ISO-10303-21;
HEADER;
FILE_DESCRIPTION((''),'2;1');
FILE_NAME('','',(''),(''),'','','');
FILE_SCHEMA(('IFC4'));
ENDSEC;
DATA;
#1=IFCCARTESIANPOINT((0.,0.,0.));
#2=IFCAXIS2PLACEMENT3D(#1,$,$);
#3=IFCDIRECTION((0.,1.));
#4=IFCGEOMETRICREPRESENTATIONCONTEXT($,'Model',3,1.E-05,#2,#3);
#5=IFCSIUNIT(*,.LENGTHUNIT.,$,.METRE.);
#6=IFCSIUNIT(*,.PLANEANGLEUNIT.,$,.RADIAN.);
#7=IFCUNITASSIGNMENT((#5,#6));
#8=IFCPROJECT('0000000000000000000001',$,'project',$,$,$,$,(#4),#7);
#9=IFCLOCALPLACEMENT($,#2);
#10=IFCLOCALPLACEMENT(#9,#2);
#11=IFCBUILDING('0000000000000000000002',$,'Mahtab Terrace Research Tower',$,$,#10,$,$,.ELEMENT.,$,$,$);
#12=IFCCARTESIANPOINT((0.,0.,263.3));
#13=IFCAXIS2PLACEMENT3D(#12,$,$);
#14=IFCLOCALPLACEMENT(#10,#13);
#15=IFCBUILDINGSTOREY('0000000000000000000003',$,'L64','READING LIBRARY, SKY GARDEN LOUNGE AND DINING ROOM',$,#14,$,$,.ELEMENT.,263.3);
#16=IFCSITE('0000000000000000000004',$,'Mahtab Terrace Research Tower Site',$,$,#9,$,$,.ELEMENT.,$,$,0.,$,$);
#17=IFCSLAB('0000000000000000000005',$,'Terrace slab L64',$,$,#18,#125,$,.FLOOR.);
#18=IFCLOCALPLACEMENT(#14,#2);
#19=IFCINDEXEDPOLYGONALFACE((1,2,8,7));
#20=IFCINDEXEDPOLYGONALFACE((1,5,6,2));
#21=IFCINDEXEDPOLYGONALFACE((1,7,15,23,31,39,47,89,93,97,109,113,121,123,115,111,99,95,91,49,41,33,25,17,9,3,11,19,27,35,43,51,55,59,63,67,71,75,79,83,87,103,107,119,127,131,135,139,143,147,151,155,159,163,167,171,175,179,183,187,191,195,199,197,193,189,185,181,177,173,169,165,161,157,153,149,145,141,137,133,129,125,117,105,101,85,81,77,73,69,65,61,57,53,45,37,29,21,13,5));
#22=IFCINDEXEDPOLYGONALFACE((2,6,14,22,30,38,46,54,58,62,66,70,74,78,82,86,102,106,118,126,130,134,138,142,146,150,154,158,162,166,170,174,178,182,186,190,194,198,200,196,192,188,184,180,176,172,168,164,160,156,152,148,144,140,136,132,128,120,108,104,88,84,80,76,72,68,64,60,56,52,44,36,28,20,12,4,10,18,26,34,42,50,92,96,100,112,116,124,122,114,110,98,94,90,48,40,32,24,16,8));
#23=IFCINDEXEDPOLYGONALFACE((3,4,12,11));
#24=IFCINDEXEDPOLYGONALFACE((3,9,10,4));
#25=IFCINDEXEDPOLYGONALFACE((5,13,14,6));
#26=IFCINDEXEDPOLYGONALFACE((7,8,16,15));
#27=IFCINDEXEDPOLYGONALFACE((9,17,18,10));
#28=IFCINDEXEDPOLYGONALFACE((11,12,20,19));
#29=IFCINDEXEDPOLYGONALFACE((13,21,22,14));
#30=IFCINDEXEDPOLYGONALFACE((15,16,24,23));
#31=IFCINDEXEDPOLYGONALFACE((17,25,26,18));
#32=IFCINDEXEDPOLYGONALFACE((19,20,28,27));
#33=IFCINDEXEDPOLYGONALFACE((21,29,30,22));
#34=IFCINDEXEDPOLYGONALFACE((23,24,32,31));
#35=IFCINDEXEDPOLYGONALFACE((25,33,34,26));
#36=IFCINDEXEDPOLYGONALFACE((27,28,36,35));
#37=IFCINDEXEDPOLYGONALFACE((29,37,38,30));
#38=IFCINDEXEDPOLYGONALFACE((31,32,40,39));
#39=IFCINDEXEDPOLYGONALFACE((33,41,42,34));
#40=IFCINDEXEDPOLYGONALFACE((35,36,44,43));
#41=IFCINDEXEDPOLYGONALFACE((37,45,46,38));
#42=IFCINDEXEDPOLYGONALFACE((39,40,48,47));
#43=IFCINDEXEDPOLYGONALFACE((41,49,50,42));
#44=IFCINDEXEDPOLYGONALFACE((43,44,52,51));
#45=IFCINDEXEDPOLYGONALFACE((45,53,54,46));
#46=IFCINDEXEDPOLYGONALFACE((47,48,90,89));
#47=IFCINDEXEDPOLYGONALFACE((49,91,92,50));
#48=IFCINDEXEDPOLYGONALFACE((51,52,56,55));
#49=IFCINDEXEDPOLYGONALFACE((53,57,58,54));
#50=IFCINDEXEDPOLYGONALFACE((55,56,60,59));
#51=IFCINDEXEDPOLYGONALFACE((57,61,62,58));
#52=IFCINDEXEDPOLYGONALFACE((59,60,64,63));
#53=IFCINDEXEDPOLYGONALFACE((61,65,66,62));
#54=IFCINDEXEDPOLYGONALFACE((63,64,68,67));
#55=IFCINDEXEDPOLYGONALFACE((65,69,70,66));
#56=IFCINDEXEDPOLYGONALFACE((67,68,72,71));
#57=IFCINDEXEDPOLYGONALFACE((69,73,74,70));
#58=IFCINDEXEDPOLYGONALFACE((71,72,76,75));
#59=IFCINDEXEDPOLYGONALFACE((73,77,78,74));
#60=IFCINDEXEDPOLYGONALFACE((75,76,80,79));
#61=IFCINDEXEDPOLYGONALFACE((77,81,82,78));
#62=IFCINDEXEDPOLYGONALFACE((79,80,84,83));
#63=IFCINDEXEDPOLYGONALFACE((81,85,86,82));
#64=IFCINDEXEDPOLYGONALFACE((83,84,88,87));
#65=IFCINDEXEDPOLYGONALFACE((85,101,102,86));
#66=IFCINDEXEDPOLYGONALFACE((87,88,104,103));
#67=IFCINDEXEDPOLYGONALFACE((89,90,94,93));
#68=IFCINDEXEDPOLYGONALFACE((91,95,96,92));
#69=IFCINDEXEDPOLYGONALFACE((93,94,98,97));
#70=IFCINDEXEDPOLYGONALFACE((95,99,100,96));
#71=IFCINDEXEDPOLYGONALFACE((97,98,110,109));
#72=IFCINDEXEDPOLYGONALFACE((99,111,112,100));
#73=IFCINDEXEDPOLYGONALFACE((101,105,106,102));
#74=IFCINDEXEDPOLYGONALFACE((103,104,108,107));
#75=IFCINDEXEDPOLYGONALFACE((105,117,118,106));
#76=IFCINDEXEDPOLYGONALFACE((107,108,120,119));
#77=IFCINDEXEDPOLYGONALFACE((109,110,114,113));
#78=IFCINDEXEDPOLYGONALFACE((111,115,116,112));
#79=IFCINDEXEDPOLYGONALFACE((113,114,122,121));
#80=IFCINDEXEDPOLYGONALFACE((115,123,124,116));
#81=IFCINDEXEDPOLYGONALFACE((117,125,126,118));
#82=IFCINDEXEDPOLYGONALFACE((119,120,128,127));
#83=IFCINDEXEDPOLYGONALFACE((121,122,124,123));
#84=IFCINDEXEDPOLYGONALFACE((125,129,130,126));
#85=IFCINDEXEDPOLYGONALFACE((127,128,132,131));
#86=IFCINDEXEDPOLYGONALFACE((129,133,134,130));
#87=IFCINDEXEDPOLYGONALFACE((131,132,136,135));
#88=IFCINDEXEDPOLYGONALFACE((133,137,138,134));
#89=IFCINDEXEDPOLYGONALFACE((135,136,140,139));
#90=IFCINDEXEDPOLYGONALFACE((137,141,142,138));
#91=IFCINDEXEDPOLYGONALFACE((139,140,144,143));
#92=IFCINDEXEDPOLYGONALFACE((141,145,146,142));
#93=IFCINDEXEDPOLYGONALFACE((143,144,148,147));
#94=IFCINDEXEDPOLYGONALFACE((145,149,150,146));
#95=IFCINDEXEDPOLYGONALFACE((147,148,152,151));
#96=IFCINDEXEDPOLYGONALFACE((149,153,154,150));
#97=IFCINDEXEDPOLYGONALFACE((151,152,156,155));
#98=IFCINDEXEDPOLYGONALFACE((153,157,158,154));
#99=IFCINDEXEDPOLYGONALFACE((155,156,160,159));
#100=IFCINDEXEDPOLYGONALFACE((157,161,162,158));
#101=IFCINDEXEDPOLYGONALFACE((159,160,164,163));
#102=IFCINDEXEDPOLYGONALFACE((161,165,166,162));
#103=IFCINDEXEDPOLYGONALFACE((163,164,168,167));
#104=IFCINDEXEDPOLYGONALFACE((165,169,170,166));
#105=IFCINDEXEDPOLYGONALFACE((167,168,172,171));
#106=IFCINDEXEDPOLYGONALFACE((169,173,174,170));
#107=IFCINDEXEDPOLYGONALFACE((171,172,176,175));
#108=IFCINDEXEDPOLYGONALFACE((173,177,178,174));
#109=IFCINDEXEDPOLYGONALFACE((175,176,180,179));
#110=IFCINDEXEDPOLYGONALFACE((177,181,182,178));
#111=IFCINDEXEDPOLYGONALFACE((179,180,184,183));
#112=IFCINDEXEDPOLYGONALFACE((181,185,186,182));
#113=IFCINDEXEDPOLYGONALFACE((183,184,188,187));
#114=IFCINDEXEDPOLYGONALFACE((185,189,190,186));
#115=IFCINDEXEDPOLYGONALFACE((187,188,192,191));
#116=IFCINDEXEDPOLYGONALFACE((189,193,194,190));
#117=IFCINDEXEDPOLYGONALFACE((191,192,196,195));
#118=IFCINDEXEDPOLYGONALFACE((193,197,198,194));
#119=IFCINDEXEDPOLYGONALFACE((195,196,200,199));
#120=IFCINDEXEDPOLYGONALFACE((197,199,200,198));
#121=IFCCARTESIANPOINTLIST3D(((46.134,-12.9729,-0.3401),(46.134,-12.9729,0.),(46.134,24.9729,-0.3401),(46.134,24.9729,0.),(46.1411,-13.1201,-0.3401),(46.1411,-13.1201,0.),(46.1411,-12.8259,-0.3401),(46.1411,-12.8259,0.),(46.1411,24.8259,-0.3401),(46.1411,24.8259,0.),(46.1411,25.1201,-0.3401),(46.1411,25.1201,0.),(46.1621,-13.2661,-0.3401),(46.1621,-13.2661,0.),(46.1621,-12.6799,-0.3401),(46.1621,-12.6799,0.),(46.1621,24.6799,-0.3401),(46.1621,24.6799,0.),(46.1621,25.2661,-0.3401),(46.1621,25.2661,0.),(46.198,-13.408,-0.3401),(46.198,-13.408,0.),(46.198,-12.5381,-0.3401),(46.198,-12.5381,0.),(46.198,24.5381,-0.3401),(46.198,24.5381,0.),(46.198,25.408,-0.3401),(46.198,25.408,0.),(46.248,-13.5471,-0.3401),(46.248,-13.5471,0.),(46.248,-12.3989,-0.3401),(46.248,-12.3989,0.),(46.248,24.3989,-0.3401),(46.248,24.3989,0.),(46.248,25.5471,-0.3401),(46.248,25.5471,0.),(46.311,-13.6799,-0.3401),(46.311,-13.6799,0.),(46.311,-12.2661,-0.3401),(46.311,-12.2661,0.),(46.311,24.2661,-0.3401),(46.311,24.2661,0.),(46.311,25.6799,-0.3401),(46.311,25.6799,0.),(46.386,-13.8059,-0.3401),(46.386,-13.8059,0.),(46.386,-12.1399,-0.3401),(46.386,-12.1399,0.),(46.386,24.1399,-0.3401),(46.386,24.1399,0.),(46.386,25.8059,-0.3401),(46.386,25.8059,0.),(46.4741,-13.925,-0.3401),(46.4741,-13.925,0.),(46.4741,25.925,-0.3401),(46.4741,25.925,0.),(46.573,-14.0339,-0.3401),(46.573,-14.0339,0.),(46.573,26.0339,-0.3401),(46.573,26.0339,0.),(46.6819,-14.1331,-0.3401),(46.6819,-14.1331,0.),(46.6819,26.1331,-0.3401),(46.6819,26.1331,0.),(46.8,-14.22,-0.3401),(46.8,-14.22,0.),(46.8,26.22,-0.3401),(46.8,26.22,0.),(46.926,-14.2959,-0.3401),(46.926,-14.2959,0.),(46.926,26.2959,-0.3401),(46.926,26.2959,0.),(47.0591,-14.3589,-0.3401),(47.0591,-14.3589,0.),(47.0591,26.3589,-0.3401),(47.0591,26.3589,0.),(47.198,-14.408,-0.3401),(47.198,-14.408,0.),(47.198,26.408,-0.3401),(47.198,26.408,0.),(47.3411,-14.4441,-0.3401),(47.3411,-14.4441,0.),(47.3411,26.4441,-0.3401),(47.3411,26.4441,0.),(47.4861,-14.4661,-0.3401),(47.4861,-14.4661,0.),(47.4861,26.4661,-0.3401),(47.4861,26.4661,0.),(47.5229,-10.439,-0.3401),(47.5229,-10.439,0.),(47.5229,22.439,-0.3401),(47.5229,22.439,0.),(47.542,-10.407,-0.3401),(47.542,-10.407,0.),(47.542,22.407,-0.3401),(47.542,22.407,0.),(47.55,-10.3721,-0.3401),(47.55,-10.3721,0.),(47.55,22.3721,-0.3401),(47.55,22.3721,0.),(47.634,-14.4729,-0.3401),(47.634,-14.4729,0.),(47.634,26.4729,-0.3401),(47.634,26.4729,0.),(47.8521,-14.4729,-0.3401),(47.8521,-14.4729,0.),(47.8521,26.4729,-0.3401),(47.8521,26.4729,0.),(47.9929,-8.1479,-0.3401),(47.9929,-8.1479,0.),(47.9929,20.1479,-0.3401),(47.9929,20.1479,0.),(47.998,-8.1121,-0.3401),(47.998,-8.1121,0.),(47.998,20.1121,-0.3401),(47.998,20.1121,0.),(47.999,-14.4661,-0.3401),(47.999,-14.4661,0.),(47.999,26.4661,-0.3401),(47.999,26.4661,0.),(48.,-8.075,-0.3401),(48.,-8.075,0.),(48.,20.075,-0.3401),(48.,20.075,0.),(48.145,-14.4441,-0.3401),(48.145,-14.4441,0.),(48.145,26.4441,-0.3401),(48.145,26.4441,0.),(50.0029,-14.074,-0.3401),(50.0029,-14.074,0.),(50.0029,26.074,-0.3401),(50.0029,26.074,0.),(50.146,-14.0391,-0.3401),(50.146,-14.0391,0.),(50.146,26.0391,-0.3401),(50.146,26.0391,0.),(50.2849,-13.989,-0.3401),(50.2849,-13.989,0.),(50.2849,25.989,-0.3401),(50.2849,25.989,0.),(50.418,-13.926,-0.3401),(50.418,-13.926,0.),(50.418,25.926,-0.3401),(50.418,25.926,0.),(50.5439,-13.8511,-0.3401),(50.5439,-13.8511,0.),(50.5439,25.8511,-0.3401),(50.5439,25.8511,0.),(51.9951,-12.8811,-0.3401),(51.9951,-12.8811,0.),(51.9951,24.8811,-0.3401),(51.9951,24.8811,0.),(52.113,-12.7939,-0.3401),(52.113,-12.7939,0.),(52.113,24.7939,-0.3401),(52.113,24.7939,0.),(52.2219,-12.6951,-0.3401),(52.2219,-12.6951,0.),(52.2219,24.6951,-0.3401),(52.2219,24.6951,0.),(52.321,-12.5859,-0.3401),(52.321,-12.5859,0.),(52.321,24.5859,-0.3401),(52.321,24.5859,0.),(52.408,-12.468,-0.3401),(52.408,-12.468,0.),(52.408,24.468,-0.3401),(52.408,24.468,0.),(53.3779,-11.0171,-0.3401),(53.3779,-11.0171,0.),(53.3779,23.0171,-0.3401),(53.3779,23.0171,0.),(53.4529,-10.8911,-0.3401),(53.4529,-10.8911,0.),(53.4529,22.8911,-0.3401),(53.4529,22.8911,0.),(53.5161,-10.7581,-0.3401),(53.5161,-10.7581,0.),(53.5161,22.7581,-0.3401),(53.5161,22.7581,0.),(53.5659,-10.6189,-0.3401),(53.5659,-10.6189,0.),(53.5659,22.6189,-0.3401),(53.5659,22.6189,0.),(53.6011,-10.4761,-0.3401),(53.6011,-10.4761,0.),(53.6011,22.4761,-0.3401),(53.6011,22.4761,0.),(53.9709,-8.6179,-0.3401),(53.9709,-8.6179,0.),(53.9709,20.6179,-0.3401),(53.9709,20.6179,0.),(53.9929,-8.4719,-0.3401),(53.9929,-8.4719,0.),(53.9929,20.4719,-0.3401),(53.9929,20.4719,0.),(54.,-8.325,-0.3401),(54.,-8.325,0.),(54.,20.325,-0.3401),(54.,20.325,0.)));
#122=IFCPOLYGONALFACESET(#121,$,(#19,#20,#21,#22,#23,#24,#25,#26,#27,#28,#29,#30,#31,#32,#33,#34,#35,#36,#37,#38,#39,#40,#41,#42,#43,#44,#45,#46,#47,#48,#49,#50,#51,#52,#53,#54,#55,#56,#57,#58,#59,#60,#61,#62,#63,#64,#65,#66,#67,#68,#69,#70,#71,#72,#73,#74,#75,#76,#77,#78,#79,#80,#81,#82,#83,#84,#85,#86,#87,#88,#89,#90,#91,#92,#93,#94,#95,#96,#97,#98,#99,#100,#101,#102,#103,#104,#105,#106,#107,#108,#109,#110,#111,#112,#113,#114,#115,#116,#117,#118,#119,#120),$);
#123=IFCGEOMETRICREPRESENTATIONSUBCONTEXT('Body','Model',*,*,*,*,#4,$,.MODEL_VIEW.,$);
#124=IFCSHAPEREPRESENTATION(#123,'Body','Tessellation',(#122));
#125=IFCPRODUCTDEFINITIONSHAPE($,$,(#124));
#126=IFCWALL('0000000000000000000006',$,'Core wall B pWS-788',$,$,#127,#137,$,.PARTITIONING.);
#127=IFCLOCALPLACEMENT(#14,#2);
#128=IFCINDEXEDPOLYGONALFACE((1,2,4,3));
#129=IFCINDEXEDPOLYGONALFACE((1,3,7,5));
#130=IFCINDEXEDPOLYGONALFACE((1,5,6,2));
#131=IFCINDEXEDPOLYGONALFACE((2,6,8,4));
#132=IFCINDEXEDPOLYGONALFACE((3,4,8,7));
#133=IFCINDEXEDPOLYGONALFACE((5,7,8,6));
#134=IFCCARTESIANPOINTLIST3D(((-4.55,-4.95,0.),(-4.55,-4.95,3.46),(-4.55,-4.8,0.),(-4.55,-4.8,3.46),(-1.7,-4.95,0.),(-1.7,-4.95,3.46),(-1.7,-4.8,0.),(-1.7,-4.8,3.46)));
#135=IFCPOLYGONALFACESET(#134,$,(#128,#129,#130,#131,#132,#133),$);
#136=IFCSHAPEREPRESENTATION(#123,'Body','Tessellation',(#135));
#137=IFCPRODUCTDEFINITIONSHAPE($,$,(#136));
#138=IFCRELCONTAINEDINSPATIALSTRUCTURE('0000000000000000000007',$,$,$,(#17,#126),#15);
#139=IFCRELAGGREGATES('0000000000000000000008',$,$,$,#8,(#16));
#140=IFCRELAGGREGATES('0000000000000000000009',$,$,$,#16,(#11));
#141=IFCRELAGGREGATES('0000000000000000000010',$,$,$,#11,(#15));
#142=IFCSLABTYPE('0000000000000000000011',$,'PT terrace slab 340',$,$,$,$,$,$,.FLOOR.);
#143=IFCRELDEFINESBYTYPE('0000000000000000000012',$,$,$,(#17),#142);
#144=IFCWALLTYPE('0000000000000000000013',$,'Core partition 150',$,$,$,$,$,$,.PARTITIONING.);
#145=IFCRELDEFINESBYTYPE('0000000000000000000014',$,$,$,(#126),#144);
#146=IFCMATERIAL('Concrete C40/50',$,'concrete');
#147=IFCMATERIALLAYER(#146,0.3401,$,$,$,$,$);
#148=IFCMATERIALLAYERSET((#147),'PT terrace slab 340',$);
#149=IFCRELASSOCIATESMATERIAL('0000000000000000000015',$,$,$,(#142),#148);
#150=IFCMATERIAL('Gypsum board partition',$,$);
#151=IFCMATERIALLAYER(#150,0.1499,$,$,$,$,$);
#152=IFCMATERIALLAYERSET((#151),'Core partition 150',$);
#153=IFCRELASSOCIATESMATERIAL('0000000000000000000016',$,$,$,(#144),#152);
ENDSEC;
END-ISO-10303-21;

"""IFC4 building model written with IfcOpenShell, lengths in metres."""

from ifc_helpers import new_model, si_unit, direction, frame, frame_2d, origin, place, context, subcontext, project, spatial, polyline, rectangle, outline, extrude, material, layer, layer_set, type_object, element, save


model = new_model("IFC4")

# Units and contexts
model_context = context("Model", 3, precision=1e-05, world=origin(), true_north=direction((0.0, 1.0)))
body_context = subcontext(model_context, "Body", "Model", "MODEL_VIEW")
ifc_project = project(units=[si_unit("LENGTHUNIT", "METRE"), si_unit("PLANEANGLEUNIT", "RADIAN")], contexts=[model_context])

# Site, building, storey
site_placement = place(None, origin())
site = spatial("IfcSite", under=ifc_project, at=site_placement, Name="Mahtab Terrace Research Tower Site", CompositionType="ELEMENT", RefElevation=0.0)
building_placement = place(site_placement, origin())
building = spatial("IfcBuilding", under=site, at=building_placement, Name="Mahtab Terrace Research Tower", CompositionType="ELEMENT")
storey_placement = place(building_placement, frame((0.0, 0.0, 263.3)))
storey = spatial("IfcBuildingStorey", under=building, at=storey_placement, Name="L64", Description="READING LIBRARY, SKY GARDEN LOUNGE AND DINING ROOM", CompositionType="ELEMENT", Elevation=263.3)

# Slab
ifc_material_1 = material(Name="Concrete C40/50", Category="concrete")
ifc_layer_1 = layer(ifc_material_1, 0.3401)
ifc_layer_set_1 = layer_set([ifc_layer_1], Name="PT terrace slab 340")
slab_type_1 = type_object("IfcSlabType", Name="PT terrace slab 340", PredefinedType="FLOOR", material=ifc_layer_set_1)
slab_1_placement = place(storey_placement, frame((0.0, 0.0, -0.3401)))
element("IfcSlab", 1, at=slab_1_placement, inside=storey, type_object=slab_type_1, Name="Terrace slab L64", PredefinedType="FLOOR", context=body_context, shape_type="SweptSolid", body=[
    extrude(outline(polyline([(47.5229, 22.439), (47.542, 22.407), (47.55, 22.3721), (47.9929, 20.1479), (47.998, 20.1121), (48.0, 20.075), (48.0, -8.075), (47.998, -8.1121), (47.9929, -8.1479), (47.55, -10.3721), (47.542, -10.407), (47.5229, -10.439), (46.386, -12.1399), (46.311, -12.2661), (46.248, -12.3989), (46.198, -12.5381), (46.1621, -12.6799), (46.1411, -12.8259), (46.134, -12.9729), (46.1411, -13.1201), (46.1621, -13.2661), (46.198, -13.408), (46.248, -13.5471), (46.311, -13.6799), (46.386, -13.8059), (46.4741, -13.925), (46.573, -14.0339), (46.6819, -14.1331), (46.8, -14.22), (46.926, -14.2959), (47.0591, -14.3589), (47.198, -14.408), (47.3411, -14.4441), (47.4861, -14.4661), (47.634, -14.4729), (47.8521, -14.4729), (47.999, -14.4661), (48.145, -14.4441), (50.0029, -14.074), (50.146, -14.0391), (50.2849, -13.989), (50.418, -13.926), (50.5439, -13.8511), (51.9951, -12.8811), (52.113, -12.7939), (52.2219, -12.6951), (52.321, -12.5859), (52.408, -12.468), (53.3779, -11.0171), (53.4529, -10.8911), (53.5161, -10.7581), (53.5659, -10.6189), (53.6011, -10.4761), (53.9709, -8.6179), (53.9929, -8.4719), (54.0, -8.325), (54.0, 20.325), (53.9929, 20.4719), (53.9709, 20.6179), (53.6011, 22.4761), (53.5659, 22.6189), (53.5161, 22.7581), (53.4529, 22.8911), (53.3779, 23.0171), (52.408, 24.468), (52.321, 24.5859), (52.2219, 24.6951), (52.113, 24.7939), (51.9951, 24.8811), (50.5439, 25.8511), (50.418, 25.926), (50.2849, 25.989), (50.146, 26.0391), (50.0029, 26.074), (48.145, 26.4441), (47.999, 26.4661), (47.8521, 26.4729), (47.634, 26.4729), (47.4861, 26.4661), (47.3411, 26.4441), (47.198, 26.408), (47.0591, 26.3589), (46.926, 26.2959), (46.8, 26.22), (46.6819, 26.1331), (46.573, 26.0339), (46.4741, 25.925), (46.386, 25.8059), (46.311, 25.6799), (46.248, 25.5471), (46.198, 25.408), (46.1621, 25.2661), (46.1411, 25.1201), (46.134, 24.9729), (46.1411, 24.8259), (46.1621, 24.6799), (46.198, 24.5381), (46.248, 24.3989), (46.311, 24.2661), (46.386, 24.1399), (47.5229, 22.439)])), origin(), (0.0, 0.0, 1.0), 0.3401),
])

# Wall
ifc_material_2 = material(Name="Gypsum board partition")
ifc_layer_2 = layer(ifc_material_2, 0.1499)
ifc_layer_set_2 = layer_set([ifc_layer_2], Name="Core partition 150")
wall_type_1 = type_object("IfcWallType", Name="Core partition 150", PredefinedType="PARTITIONING", material=ifc_layer_set_2)
wall_1_placement = place(storey_placement, frame((-4.55, -4.875, 0.0), z_axis=(0.0, 0.0, 1.0), x_axis=(1.0, 0.0, 0.0)))
element("IfcWall", 2, at=wall_1_placement, inside=storey, type_object=wall_type_1, Name="Core wall B pWS-788", PredefinedType="PARTITIONING", context=body_context, shape_type="SweptSolid", body=[
    extrude(rectangle(XDim=2.8501, YDim=0.1499, at=frame_2d((1.425, 0.0))), origin(), (0.0, 0.0, 1.0), 3.46),
])

save(model, "model.ifc")
